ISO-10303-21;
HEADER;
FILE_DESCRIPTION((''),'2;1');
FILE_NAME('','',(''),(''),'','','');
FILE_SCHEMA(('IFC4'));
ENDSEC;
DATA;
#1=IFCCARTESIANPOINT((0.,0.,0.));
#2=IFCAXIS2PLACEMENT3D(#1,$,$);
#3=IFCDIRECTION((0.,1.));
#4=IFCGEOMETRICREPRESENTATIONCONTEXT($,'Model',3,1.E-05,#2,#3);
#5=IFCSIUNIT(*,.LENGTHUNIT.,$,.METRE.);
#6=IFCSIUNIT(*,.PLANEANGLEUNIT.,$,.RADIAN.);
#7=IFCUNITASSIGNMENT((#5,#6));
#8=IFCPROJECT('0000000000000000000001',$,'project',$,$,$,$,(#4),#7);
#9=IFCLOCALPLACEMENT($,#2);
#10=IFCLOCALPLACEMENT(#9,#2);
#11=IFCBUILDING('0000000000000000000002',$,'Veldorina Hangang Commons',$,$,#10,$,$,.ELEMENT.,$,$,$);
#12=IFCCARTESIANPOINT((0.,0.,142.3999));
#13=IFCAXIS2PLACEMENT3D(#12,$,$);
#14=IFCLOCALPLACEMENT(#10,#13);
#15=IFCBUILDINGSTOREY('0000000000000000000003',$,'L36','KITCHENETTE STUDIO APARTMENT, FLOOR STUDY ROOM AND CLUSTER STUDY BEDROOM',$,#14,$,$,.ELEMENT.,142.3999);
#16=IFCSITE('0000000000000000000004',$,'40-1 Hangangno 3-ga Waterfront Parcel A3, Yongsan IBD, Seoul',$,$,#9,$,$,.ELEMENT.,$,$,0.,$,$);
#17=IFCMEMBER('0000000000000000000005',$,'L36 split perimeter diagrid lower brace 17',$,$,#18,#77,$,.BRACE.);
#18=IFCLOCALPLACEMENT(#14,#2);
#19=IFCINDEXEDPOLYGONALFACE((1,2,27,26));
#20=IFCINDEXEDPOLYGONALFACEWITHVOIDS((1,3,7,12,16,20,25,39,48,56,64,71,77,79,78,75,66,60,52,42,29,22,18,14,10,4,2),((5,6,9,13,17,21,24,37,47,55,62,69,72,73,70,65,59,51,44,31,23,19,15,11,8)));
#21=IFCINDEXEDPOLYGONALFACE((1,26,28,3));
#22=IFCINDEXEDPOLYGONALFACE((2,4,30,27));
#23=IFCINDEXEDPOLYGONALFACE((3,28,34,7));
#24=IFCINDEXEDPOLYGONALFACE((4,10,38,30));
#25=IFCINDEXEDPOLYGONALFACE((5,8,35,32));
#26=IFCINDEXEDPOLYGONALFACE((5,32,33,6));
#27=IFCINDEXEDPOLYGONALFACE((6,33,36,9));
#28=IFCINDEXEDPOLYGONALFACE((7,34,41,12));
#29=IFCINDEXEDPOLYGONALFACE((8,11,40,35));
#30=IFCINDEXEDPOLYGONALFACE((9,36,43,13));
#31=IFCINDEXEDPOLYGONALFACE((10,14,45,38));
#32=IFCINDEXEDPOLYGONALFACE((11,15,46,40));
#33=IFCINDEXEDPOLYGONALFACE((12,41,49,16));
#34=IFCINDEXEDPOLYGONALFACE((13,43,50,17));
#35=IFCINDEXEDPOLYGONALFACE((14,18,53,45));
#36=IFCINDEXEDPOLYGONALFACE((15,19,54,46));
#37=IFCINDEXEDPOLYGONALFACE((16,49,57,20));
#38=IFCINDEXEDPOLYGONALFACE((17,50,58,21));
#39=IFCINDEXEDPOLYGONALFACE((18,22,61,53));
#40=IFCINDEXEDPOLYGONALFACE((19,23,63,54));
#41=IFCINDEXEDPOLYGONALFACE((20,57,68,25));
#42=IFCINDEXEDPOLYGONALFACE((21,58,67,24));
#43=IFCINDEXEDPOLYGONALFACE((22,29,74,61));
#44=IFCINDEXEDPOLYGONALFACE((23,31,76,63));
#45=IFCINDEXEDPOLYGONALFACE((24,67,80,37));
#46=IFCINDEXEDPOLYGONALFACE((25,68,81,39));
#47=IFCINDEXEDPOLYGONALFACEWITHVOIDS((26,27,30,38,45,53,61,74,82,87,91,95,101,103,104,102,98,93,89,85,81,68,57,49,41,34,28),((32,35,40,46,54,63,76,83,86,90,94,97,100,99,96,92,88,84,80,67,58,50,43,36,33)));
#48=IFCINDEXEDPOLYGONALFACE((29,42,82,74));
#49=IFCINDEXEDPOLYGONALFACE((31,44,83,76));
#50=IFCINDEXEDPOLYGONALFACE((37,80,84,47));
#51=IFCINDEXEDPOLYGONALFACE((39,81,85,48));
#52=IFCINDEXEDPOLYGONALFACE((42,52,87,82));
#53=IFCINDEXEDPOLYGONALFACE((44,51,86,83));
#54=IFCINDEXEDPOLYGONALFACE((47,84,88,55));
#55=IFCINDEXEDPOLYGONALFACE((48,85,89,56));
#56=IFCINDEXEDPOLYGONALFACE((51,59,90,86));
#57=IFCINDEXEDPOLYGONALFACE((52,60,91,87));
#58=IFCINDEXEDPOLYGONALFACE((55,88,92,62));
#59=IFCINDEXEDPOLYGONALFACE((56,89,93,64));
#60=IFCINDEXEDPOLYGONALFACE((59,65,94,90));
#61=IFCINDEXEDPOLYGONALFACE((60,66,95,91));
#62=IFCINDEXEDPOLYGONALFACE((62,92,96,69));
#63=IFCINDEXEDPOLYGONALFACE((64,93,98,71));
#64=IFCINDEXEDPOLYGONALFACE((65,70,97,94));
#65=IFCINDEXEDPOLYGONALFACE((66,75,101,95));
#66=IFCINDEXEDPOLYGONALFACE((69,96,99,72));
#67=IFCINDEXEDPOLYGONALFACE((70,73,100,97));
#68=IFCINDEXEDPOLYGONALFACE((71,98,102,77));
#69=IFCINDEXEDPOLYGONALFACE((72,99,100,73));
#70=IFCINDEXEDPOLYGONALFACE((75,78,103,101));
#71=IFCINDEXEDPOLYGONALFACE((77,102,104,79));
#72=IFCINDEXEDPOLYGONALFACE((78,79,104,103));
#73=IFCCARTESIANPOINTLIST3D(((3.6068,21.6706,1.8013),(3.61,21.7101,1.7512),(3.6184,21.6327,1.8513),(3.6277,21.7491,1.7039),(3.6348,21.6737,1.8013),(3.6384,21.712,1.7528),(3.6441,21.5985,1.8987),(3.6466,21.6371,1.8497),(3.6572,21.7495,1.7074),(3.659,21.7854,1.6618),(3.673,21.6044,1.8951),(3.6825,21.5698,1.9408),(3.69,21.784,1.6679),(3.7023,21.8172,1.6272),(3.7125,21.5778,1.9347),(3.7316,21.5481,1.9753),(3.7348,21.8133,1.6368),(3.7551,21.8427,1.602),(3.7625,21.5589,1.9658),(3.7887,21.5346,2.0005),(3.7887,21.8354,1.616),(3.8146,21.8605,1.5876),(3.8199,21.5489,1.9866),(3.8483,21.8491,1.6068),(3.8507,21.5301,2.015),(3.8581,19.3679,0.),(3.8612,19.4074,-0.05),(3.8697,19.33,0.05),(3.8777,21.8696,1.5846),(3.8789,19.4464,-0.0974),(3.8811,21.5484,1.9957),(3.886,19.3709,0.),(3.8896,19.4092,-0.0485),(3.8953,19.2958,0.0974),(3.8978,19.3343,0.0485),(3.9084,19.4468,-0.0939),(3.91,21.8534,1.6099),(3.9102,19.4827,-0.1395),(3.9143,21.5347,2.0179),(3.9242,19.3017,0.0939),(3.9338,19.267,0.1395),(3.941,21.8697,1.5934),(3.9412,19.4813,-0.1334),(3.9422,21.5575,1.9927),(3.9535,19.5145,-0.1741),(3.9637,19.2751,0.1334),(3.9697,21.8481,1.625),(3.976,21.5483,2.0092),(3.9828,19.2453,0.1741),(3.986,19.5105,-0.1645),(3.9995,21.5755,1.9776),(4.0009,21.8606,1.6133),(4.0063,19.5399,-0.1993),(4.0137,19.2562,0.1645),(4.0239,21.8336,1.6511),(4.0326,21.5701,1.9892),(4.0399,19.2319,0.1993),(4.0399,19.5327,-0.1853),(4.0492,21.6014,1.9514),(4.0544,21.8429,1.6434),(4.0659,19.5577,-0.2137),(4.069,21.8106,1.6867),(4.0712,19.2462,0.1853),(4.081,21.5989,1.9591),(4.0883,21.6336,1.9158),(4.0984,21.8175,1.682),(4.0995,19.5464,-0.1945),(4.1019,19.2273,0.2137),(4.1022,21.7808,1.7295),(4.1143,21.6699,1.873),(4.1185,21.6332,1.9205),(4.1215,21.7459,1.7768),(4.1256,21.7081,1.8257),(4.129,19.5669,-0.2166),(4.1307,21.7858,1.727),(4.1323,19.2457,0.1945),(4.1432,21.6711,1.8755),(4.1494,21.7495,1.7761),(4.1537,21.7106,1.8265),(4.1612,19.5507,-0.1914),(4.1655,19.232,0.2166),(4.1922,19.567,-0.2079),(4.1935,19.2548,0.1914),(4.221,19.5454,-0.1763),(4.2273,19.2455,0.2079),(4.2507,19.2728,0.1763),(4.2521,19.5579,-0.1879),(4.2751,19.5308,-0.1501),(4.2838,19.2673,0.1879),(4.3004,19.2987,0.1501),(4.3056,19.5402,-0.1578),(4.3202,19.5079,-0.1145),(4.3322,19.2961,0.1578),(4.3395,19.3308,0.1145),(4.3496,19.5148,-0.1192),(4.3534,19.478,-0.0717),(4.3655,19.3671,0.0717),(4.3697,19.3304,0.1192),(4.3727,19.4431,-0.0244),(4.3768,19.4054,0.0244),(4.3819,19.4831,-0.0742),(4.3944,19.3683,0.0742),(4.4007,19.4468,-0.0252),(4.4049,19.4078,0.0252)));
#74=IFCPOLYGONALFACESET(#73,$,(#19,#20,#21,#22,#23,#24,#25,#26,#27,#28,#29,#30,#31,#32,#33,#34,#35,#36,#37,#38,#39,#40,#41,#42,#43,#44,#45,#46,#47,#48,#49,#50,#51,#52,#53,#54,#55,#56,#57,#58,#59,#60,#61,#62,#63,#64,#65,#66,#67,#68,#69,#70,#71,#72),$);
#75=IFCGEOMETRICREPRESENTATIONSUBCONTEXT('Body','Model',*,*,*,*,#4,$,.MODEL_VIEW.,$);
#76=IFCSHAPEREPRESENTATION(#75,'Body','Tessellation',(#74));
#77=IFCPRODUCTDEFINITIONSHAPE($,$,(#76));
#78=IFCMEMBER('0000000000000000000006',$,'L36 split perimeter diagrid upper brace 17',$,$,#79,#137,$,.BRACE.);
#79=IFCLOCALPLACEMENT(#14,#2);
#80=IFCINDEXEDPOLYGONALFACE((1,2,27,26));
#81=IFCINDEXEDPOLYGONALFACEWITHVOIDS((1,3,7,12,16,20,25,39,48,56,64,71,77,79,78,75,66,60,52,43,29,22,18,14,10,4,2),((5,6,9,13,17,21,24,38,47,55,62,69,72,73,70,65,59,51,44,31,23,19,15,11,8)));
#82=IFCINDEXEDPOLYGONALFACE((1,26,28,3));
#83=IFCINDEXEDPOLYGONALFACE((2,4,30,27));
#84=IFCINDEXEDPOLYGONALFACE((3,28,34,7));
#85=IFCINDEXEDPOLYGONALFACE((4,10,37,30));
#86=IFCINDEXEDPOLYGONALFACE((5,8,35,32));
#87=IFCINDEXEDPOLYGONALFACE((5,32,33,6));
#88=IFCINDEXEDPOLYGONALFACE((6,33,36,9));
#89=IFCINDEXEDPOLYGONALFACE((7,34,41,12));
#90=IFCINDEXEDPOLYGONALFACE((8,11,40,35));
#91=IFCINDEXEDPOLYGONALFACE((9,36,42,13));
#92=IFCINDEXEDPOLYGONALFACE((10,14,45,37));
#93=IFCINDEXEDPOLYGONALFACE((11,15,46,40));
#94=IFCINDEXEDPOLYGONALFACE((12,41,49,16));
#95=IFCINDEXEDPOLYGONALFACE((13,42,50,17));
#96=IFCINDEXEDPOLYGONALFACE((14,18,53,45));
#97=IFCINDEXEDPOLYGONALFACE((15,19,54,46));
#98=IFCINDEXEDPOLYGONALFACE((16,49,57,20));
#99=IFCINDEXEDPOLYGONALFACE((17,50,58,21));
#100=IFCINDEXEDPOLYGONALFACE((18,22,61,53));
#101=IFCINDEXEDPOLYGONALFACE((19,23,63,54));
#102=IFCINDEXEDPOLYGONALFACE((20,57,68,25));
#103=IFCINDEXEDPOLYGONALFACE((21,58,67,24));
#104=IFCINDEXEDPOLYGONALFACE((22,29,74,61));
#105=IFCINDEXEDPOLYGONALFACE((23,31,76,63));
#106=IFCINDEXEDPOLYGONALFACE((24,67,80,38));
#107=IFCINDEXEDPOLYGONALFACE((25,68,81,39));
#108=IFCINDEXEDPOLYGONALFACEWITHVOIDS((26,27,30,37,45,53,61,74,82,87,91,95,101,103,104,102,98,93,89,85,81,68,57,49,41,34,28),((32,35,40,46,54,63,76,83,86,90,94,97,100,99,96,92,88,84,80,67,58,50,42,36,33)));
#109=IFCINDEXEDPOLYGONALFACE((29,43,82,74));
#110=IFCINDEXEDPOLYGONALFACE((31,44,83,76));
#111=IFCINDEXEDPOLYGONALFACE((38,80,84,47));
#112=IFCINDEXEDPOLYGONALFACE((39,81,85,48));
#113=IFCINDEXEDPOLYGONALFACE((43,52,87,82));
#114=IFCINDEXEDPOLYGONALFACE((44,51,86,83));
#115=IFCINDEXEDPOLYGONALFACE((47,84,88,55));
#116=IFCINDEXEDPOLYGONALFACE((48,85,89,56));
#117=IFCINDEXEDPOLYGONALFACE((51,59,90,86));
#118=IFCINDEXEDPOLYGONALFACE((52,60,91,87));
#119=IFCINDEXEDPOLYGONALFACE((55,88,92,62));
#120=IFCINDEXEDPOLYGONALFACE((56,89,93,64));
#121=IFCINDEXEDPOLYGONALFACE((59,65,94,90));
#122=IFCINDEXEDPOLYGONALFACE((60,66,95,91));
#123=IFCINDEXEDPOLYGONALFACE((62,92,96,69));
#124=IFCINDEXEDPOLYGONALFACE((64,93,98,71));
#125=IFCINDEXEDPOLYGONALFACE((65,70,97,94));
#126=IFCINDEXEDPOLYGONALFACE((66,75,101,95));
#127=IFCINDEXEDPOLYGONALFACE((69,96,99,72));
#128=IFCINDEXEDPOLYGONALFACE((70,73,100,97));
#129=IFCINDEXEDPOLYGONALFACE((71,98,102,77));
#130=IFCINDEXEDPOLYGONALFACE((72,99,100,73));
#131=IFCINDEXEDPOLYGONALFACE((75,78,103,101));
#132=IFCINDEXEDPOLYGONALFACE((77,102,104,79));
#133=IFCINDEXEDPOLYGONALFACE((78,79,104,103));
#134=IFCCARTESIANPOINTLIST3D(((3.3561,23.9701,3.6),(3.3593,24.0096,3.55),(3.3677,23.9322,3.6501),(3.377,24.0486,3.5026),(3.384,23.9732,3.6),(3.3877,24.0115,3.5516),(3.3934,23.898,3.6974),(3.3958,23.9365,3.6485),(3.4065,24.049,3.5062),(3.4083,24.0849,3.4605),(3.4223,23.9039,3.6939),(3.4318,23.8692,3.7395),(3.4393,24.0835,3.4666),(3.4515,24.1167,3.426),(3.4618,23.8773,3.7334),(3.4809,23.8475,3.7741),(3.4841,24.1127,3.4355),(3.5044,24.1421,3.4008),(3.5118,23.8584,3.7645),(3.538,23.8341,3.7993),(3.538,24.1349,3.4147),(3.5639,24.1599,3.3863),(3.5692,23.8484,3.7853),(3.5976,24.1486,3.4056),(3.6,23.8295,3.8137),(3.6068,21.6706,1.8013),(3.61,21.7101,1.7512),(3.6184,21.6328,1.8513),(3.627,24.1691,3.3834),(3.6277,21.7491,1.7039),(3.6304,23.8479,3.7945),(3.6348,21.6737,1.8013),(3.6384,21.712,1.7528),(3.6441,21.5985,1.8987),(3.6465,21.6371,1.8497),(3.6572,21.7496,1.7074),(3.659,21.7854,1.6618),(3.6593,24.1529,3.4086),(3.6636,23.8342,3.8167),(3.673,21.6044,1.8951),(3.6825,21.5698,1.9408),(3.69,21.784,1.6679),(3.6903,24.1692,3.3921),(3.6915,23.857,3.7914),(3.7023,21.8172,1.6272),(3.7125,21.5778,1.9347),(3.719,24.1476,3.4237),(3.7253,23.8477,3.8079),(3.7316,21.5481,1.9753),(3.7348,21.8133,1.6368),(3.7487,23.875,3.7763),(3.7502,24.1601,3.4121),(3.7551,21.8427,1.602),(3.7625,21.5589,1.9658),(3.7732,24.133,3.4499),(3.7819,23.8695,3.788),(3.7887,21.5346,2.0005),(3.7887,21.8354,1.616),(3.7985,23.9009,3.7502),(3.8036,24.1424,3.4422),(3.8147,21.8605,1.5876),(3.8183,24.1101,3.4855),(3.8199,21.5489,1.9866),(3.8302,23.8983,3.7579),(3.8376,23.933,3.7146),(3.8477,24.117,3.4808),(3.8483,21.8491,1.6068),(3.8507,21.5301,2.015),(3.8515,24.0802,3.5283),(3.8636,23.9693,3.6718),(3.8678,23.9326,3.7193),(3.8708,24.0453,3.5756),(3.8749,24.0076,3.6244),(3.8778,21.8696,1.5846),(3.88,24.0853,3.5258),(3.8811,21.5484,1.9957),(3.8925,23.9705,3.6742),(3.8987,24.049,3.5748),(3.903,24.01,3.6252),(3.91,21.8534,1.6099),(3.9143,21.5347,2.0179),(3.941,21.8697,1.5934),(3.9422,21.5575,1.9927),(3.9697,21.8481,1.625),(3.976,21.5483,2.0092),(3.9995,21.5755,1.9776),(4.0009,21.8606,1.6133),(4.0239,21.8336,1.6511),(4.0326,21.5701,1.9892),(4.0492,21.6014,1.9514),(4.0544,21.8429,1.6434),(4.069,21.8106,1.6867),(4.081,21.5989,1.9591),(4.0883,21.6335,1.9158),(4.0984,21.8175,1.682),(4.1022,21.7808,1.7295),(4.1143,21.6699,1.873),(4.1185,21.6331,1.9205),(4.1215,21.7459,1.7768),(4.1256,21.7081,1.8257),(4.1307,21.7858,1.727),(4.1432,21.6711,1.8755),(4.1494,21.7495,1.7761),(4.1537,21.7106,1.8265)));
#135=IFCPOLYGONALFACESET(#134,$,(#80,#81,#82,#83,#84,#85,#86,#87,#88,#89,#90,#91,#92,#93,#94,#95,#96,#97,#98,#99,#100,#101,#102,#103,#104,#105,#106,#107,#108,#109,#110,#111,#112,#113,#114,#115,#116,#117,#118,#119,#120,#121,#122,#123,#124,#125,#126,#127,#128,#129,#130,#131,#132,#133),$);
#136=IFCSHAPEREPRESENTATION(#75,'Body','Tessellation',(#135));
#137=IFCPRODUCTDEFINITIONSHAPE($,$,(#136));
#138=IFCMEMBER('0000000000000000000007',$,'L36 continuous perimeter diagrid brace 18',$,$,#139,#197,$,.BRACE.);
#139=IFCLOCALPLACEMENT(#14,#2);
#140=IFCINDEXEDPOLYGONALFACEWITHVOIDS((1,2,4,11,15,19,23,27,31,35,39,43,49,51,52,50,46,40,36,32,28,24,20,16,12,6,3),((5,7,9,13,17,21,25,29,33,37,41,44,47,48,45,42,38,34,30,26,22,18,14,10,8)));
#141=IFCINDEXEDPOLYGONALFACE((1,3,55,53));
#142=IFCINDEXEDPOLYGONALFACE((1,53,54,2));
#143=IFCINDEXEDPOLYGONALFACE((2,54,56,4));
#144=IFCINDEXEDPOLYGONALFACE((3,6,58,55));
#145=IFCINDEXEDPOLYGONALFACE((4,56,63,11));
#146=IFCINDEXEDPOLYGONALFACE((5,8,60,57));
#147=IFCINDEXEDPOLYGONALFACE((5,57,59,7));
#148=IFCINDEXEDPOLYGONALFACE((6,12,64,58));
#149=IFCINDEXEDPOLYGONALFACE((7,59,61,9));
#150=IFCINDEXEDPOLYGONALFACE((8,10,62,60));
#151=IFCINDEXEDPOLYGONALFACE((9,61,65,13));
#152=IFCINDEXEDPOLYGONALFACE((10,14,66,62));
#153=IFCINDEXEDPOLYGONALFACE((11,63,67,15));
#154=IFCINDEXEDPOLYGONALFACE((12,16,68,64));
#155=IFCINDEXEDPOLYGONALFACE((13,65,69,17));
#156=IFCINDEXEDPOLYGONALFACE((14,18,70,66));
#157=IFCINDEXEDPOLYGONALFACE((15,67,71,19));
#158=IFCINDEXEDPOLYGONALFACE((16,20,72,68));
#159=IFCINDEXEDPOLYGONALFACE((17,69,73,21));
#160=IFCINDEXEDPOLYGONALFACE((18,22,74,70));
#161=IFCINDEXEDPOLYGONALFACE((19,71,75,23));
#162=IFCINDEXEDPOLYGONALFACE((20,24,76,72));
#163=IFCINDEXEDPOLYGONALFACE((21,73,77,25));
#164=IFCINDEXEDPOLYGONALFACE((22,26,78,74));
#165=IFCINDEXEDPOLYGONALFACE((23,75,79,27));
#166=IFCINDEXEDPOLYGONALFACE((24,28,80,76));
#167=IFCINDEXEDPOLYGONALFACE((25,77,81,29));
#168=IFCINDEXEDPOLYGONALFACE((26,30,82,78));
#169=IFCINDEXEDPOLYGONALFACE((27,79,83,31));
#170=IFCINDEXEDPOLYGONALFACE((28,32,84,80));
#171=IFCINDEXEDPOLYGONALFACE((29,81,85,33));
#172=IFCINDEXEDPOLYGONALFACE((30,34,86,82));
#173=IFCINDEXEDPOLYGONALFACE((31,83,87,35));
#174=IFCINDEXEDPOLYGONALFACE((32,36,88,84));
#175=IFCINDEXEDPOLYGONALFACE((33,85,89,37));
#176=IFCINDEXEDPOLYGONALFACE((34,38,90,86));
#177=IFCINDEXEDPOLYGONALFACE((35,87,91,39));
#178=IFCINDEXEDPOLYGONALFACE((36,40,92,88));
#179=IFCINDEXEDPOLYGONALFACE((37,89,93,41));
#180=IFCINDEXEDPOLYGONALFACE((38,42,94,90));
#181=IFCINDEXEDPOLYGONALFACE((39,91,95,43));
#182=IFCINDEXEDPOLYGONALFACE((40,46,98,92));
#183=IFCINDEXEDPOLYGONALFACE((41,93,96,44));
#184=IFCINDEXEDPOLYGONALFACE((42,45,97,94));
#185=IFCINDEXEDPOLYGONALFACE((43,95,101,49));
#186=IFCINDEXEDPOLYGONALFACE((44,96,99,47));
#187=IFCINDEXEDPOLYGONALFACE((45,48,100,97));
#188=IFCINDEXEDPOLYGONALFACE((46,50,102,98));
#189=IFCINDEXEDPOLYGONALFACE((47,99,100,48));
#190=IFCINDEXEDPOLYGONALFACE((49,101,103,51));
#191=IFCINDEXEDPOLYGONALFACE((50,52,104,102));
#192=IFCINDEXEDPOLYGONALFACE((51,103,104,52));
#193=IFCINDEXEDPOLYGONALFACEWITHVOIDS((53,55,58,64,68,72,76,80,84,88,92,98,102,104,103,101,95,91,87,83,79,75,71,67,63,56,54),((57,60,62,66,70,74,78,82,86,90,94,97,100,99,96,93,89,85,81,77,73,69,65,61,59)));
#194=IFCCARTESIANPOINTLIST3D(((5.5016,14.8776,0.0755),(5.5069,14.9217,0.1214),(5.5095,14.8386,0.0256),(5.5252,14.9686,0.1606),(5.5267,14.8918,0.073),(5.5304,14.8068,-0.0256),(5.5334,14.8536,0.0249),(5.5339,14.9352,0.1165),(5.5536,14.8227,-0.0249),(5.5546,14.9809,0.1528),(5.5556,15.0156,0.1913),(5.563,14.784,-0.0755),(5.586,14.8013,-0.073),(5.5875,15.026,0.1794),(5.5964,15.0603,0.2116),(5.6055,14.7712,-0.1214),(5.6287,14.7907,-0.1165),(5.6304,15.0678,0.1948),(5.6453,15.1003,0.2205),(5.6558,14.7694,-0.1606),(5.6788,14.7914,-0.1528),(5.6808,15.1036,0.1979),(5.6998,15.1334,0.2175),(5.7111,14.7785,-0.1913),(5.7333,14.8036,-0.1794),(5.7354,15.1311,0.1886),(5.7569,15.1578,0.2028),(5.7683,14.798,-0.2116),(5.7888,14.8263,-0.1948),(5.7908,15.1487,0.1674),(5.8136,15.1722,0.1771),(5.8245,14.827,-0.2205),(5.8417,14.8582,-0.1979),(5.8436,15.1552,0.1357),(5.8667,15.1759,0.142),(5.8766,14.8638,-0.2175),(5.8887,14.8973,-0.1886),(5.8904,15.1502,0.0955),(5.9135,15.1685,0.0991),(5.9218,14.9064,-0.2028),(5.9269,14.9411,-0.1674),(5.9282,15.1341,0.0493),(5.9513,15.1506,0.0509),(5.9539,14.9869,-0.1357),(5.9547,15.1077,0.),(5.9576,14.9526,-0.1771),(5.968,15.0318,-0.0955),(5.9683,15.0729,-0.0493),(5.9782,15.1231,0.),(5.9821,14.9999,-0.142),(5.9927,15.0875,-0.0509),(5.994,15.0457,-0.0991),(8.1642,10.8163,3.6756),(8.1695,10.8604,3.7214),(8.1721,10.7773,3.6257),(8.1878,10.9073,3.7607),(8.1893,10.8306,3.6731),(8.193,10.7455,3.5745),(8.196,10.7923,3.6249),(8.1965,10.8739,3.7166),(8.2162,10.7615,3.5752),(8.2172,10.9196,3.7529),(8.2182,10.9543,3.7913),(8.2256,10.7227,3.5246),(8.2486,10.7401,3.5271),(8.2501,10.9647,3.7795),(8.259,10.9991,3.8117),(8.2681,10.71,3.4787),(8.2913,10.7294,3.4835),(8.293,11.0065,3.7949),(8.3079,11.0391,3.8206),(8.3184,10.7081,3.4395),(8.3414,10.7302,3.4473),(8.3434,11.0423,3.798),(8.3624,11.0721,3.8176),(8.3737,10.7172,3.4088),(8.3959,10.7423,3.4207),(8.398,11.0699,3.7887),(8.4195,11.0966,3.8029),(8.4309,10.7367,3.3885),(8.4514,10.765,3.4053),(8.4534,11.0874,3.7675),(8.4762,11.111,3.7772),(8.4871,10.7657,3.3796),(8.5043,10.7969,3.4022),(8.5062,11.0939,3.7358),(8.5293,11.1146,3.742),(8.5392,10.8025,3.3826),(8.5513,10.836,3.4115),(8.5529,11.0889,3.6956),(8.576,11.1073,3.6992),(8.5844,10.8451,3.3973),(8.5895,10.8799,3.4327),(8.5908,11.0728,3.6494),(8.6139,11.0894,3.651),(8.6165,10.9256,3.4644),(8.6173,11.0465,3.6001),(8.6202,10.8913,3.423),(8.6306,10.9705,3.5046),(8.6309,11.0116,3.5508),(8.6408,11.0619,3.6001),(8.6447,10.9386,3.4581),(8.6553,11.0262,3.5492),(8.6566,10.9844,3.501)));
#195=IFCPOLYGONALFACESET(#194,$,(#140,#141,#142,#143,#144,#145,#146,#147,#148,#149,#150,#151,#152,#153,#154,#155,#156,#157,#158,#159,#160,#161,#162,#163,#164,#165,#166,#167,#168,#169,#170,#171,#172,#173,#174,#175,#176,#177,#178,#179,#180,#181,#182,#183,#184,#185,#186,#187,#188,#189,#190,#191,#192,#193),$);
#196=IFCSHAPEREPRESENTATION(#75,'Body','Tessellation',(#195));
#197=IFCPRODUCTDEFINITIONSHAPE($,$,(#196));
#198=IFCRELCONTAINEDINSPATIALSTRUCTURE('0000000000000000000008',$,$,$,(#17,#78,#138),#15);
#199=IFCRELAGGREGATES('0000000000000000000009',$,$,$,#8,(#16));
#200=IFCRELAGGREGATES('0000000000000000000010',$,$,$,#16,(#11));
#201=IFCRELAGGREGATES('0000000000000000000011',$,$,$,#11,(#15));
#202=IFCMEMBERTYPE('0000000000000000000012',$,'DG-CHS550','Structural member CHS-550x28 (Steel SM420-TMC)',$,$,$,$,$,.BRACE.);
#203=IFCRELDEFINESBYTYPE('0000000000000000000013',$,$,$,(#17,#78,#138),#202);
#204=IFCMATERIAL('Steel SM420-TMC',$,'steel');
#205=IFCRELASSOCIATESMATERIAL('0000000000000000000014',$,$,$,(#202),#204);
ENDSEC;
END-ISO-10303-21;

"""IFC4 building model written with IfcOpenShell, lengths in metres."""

from ifc_helpers import new_model, si_unit, direction, frame, origin, origin_2d, place, context, subcontext, project, spatial, hollow_circle, extrude, material, material_profile, profile_set, type_object, element, save


model = new_model("IFC4")

# Units and contexts
model_context = context("Model", 3, precision=1e-05, world=origin(), true_north=direction((0.0, 1.0)))
body_context = subcontext(model_context, "Body", "Model", "MODEL_VIEW")
ifc_project = project(units=[si_unit("LENGTHUNIT", "METRE"), si_unit("PLANEANGLEUNIT", "RADIAN")], contexts=[model_context])

# Site, building, storey
site_placement = place(None, origin())
site = spatial("IfcSite", under=ifc_project, at=site_placement, Name="40-1 Hangangno 3-ga Waterfront Parcel A3, Yongsan IBD, Seoul", CompositionType="ELEMENT", RefElevation=0.0)
building_placement = place(site_placement, origin())
building = spatial("IfcBuilding", under=site, at=building_placement, Name="Veldorina Hangang Commons", CompositionType="ELEMENT")
storey_placement = place(building_placement, frame((0.0, 0.0, 142.3999)))
storey = spatial("IfcBuildingStorey", under=building, at=storey_placement, Name="L36", Description="KITCHENETTE STUDIO APARTMENT, FLOOR STUDY ROOM AND CLUSTER STUDY BEDROOM", CompositionType="ELEMENT", Elevation=142.3999)

# Shared definitions
ifc_material_1 = material(Name="Steel SM420-TMC", Category="steel")

# Members
ifc_material_profile_1 = material_profile(ifc_material_1, hollow_circle(Radius=0.2749, WallThickness=0.0281, at=origin_2d()), Name="CHS-550x28")
ifc_profile_set_1 = profile_set([ifc_material_profile_1], Name="Steel SM420-TMC")
member_type = type_object("IfcMemberType", Name="DG-CHS550", Description="Structural member CHS-550x28 (Steel SM420-TMC)", PredefinedType="BRACE", material=ifc_profile_set_1)
member_1_placement = place(storey_placement, frame((4.1313, 19.3977, 0.0), z_axis=(-0.085614, 0.784757, 0.613861), x_axis=(-0.994102, -0.108453, 0.0)))
element("IfcMember", 1, at=member_1_placement, inside=storey, type_object=member_type, Name="L36 split perimeter diagrid lower brace 17", PredefinedType="BRACE", context=body_context, shape_type="SweptSolid", body=[
    extrude(hollow_circle(Radius=0.2749, WallThickness=0.0281, at=origin_2d()), origin(), (0.0, 0.0, 1.0), 2.9343),
])
member_2_placement = place(storey_placement, frame((3.8801, 21.7004, 1.8013), z_axis=(-0.085566, 0.784754, 0.613873), x_axis=(-0.994108, -0.108393, 0.0)))
element("IfcMember", 2, at=member_2_placement, inside=storey, type_object=member_type, Name="L36 split perimeter diagrid upper brace 17", PredefinedType="BRACE", context=body_context, shape_type="SweptSolid", body=[
    extrude(hollow_circle(Radius=0.2749, WallThickness=0.0281, at=origin_2d()), origin(), (0.0, 0.0, 1.0), 2.9302),
])
member_3_placement = place(storey_placement, frame((5.7483, 14.9724, 0.0), z_axis=(0.44045, -0.671822, 0.595533), x_axis=(0.836295, 0.54828, 0.0)))
element("IfcMember", 3, at=member_3_placement, inside=storey, type_object=member_type, Name="L36 continuous perimeter diagrid brace 18", PredefinedType="BRACE", context=body_context, shape_type="SweptSolid", body=[
    extrude(hollow_circle(Radius=0.2749, WallThickness=0.0281, at=origin_2d()), origin(), (0.0, 0.0, 1.0), 6.0452),
])

save(model, "model.ifc")
